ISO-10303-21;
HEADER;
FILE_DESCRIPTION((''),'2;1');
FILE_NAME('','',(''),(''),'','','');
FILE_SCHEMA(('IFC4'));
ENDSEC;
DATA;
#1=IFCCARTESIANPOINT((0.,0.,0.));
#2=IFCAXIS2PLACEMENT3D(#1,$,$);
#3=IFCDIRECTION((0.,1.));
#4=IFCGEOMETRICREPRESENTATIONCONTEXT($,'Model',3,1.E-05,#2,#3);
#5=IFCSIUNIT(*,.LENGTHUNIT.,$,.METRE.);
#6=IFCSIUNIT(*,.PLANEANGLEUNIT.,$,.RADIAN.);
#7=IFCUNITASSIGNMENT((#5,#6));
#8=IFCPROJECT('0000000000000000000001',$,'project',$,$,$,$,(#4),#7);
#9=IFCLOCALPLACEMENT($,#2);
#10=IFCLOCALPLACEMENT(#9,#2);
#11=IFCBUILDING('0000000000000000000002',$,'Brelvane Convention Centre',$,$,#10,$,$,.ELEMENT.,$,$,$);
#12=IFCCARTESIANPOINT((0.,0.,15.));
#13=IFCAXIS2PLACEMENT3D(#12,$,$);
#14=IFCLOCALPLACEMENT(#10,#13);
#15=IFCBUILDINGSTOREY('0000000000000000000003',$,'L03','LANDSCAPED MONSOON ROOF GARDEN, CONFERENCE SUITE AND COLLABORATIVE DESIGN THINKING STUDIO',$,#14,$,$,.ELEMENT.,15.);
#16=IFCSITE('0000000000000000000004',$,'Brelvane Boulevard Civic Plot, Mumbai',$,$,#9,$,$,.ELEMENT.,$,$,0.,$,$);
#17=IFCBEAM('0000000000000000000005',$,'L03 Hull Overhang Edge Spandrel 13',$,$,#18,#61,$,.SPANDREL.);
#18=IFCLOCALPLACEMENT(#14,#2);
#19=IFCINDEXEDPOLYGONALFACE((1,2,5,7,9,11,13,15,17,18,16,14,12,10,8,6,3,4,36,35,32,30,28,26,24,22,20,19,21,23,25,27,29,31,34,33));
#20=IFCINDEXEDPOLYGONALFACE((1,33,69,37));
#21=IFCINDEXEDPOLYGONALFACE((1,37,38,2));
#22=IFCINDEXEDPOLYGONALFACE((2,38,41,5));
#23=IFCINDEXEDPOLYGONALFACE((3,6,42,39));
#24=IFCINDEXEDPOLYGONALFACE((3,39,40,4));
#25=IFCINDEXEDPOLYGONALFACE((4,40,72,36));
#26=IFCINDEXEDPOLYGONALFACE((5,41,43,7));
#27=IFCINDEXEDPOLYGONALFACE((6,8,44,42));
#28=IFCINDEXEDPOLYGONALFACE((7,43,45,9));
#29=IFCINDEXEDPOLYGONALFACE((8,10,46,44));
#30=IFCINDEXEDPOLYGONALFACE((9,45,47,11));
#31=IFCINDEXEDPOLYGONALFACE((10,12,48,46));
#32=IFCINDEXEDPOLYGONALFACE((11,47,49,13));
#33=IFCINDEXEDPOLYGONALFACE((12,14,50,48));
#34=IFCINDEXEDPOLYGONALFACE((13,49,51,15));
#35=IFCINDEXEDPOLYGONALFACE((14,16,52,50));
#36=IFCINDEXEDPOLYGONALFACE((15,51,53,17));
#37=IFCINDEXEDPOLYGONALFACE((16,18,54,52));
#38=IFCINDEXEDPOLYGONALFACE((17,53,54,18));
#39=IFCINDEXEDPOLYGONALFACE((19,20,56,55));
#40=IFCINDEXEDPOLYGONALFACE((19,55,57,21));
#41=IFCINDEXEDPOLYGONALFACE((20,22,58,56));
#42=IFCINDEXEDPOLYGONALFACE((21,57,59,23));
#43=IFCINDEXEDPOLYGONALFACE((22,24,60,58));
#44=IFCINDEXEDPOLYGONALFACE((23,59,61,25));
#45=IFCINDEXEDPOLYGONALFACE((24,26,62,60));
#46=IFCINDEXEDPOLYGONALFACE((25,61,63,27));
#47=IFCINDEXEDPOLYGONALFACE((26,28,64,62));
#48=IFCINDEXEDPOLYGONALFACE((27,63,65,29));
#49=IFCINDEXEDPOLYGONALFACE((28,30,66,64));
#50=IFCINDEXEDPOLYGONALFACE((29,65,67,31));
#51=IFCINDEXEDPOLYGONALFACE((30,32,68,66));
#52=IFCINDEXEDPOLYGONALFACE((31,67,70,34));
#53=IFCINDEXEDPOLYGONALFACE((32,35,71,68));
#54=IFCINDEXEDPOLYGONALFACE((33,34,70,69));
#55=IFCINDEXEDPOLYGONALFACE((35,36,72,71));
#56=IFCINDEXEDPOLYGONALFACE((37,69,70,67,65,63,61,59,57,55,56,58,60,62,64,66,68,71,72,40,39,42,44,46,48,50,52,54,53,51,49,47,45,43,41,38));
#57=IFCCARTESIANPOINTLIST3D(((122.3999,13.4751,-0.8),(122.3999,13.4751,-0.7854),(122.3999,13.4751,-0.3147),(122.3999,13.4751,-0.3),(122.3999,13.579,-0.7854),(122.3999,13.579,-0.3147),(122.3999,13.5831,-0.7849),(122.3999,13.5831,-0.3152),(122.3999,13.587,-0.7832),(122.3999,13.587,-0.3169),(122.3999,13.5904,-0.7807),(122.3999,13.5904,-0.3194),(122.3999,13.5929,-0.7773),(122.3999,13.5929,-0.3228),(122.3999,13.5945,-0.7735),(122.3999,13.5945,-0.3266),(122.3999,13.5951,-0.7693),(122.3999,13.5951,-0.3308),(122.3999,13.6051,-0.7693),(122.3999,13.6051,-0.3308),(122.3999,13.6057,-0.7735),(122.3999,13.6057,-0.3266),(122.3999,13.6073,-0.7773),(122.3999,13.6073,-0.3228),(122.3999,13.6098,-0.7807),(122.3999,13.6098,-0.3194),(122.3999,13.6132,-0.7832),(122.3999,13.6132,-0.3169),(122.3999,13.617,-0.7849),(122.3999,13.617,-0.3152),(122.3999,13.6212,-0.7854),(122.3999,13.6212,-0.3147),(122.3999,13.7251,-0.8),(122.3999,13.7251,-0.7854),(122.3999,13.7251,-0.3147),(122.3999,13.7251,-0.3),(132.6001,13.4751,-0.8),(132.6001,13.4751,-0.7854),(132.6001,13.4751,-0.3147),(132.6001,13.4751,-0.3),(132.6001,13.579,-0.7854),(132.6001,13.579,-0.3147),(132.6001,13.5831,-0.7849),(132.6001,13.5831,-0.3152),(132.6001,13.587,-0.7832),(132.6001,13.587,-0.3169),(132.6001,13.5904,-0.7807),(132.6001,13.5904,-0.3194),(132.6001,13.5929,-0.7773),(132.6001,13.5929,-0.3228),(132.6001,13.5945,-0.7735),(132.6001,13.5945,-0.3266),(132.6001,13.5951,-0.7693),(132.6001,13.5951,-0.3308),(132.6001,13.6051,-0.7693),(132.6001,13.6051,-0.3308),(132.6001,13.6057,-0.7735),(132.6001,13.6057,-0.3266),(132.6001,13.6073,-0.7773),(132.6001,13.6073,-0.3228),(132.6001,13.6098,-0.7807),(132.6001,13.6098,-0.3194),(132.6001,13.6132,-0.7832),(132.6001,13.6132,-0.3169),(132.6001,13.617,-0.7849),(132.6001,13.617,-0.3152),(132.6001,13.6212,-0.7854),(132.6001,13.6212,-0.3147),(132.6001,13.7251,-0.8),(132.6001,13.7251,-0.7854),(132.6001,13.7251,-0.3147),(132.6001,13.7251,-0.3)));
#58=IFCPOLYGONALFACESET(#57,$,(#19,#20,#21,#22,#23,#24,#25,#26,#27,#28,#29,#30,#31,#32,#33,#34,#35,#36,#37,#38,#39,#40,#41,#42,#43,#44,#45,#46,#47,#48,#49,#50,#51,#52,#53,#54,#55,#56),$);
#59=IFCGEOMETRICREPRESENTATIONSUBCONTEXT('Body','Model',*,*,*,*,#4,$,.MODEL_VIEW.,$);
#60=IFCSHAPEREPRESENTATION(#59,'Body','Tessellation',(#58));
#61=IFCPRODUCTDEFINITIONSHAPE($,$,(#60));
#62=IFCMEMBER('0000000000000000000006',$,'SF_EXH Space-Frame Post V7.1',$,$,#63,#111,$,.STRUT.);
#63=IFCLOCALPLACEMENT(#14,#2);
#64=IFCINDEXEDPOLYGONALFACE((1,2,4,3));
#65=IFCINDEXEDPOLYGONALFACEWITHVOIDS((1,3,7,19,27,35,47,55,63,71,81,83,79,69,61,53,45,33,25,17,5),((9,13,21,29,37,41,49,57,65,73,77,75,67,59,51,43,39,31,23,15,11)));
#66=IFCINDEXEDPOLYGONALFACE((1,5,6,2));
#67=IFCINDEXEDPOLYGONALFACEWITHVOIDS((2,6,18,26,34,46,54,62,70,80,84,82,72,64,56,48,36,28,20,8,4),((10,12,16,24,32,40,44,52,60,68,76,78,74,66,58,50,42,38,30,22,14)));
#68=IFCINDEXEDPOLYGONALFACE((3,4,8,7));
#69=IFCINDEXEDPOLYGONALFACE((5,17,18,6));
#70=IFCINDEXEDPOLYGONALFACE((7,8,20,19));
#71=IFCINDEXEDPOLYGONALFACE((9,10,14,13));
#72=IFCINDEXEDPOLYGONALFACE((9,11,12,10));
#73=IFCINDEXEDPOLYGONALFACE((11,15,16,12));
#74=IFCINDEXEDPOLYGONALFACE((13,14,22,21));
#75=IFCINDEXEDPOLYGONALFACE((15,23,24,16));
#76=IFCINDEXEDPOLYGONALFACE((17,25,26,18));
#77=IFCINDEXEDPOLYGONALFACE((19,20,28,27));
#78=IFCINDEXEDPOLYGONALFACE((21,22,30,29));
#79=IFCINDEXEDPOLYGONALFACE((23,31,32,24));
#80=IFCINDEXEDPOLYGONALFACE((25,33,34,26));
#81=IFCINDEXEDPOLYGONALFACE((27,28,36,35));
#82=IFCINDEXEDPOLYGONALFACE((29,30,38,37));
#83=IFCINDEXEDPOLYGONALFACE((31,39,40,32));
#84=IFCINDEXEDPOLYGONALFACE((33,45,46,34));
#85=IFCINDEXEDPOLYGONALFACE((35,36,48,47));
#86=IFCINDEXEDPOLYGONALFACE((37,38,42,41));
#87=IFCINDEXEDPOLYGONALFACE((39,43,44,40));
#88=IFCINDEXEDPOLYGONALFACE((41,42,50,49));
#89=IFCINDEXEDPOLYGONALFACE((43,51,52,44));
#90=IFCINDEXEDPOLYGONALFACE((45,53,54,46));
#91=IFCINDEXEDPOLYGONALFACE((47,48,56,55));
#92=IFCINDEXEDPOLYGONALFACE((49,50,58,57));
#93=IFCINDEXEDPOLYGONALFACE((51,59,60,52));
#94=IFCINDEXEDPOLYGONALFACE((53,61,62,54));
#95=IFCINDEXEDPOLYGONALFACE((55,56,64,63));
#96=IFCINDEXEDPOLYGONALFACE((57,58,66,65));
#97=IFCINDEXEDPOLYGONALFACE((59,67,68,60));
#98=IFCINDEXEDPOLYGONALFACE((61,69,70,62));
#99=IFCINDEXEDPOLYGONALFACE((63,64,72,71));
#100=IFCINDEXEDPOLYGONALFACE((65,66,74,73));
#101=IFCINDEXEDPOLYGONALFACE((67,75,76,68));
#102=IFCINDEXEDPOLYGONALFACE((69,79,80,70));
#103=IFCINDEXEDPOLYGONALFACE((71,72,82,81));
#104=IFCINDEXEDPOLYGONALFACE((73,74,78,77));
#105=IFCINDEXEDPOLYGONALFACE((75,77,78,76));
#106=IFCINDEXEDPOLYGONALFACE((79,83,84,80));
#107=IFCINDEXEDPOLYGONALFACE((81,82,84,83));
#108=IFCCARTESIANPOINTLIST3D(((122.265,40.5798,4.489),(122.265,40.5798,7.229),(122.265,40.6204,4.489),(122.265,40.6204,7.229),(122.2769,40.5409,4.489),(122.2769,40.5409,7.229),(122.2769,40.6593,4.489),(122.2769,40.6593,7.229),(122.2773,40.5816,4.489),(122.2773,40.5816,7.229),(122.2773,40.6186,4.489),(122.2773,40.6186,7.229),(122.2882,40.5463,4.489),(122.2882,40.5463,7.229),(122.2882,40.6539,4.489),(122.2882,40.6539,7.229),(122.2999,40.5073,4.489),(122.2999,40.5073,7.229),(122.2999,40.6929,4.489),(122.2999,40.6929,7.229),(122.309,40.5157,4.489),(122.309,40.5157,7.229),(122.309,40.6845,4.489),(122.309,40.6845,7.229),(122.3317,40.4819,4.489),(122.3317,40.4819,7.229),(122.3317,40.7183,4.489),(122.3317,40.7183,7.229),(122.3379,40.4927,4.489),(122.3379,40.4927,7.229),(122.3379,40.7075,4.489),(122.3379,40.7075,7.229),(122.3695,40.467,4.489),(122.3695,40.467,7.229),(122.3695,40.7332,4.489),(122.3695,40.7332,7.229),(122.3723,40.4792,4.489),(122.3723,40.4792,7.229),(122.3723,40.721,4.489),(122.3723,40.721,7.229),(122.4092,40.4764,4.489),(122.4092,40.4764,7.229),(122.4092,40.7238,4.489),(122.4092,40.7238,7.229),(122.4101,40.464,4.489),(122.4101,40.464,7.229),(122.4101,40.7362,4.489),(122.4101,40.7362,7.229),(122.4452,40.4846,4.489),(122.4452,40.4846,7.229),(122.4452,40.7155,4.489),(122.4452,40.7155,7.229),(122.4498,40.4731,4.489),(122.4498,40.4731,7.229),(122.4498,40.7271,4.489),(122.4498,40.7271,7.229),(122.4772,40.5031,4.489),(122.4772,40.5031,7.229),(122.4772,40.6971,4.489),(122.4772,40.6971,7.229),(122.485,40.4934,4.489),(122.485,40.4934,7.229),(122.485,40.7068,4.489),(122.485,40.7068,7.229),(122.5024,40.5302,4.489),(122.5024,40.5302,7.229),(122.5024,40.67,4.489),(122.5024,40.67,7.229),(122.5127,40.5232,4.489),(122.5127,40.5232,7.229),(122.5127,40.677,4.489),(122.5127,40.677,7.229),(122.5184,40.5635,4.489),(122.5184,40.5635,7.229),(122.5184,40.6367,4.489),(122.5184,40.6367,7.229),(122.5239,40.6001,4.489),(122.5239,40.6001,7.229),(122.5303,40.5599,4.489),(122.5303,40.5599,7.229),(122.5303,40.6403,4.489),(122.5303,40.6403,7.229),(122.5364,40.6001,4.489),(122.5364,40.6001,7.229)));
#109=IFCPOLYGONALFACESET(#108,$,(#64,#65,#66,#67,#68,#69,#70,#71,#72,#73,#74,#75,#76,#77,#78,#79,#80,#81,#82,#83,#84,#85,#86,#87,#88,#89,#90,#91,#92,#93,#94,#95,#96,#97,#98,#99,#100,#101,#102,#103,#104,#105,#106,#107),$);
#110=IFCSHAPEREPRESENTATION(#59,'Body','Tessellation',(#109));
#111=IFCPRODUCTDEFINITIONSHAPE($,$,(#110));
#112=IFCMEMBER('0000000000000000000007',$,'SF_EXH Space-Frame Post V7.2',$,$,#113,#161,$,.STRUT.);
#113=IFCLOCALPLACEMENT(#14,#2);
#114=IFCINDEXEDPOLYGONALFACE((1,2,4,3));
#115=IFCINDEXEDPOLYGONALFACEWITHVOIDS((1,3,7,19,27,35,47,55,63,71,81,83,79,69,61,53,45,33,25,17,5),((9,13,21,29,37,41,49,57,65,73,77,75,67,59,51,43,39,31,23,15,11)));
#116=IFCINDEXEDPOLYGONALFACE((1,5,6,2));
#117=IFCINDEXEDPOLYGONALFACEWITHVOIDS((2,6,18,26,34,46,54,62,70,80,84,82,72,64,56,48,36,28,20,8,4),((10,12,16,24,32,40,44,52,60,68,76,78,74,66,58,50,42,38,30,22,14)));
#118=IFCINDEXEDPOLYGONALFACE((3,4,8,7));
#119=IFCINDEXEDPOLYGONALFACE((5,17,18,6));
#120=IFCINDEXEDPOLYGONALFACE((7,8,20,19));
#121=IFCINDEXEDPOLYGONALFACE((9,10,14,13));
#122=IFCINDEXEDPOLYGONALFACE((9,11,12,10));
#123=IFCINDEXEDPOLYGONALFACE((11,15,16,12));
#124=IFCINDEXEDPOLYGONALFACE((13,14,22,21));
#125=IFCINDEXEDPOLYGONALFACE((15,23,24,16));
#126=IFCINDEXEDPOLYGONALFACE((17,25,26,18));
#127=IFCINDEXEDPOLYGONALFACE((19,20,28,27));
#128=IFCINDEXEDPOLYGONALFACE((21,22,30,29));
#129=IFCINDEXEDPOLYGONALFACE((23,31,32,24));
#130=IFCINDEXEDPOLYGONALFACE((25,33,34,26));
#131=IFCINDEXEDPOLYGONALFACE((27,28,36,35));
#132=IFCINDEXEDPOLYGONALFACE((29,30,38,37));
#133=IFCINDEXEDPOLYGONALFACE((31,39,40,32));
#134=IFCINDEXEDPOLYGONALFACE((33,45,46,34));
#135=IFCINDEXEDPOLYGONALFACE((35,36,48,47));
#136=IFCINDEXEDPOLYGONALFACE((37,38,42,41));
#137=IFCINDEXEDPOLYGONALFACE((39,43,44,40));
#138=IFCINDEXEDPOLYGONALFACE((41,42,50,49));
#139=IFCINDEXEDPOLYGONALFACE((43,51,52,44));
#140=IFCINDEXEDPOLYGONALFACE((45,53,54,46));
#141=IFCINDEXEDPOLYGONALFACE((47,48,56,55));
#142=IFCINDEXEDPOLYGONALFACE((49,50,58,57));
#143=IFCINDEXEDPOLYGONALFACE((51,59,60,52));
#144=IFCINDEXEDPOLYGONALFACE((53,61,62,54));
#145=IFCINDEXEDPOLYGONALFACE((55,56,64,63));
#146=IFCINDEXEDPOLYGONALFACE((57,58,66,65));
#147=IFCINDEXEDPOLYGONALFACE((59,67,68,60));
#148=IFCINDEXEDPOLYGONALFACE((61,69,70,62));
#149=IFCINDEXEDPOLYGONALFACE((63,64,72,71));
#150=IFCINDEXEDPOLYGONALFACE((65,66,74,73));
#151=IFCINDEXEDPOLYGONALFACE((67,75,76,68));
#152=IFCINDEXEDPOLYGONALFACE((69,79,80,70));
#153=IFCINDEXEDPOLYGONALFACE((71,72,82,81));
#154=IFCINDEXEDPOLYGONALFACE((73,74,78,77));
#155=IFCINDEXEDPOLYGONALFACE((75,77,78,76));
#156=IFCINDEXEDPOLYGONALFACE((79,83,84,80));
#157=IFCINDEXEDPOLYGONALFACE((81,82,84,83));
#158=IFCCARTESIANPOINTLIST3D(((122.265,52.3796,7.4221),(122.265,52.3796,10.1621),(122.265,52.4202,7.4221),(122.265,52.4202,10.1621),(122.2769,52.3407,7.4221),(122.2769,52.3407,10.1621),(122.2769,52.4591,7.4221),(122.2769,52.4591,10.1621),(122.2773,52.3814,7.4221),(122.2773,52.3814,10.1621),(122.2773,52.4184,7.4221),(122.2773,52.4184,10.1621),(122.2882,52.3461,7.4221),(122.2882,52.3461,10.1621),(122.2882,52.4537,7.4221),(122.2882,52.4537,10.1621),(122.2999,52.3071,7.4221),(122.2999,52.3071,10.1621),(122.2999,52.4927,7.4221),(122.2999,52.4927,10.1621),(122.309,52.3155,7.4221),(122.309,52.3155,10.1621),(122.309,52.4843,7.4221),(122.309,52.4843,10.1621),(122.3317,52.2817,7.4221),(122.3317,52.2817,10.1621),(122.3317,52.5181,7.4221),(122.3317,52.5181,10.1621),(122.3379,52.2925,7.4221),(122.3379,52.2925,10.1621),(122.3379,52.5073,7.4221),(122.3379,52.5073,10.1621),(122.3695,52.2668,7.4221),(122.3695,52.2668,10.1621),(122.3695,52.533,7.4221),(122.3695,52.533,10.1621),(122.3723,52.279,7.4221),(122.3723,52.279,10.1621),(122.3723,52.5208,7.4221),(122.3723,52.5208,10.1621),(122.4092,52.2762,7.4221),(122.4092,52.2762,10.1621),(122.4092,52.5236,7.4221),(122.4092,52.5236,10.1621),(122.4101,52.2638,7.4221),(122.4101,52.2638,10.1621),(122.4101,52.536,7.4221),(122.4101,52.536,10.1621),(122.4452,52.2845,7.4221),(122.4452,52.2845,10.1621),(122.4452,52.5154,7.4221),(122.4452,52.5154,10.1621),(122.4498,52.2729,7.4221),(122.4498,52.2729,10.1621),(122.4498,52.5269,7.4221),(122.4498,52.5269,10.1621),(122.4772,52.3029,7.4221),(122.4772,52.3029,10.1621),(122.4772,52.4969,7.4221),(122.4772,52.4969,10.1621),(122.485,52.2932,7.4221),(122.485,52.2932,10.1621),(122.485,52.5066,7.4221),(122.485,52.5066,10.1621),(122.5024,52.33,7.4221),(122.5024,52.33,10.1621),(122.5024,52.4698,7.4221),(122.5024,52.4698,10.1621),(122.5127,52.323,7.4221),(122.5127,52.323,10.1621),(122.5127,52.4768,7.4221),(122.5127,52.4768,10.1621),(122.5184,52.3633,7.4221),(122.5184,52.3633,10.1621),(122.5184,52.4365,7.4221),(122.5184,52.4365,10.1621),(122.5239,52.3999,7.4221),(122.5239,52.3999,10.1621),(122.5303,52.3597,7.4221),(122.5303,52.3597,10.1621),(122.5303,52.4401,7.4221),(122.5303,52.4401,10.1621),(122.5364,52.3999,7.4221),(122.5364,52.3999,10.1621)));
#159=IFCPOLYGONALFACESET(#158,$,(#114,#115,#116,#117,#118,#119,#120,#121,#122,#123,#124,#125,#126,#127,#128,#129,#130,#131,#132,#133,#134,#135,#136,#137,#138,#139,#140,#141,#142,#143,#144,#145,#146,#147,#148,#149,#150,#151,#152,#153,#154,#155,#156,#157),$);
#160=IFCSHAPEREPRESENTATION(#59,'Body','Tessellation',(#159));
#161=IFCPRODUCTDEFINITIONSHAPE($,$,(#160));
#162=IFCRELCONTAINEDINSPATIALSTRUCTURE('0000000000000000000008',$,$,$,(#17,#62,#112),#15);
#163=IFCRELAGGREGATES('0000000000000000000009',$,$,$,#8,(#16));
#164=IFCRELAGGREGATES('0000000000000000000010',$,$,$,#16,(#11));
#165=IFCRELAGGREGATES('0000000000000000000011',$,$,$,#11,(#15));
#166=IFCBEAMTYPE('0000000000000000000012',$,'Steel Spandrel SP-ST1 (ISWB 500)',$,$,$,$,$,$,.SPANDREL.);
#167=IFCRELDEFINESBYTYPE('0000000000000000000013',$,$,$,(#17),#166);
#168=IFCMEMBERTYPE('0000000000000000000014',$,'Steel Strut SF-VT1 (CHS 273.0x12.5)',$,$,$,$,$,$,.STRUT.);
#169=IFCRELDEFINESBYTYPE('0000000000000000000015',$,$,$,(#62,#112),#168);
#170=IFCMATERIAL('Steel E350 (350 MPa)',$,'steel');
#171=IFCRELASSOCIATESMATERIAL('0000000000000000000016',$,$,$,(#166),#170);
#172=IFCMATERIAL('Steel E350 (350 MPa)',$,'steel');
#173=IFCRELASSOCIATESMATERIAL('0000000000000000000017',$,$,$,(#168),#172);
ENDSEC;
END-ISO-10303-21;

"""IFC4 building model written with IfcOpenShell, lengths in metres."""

from ifc_helpers import new_model, si_unit, direction, frame, origin, origin_2d, place, context, subcontext, project, spatial, hollow_circle, i_section, extrude, material, material_profile, profile_set, type_object, element, save


model = new_model("IFC4")

# Units and contexts
model_context = context("Model", 3, precision=1e-05, world=origin(), true_north=direction((0.0, 1.0)))
body_context = subcontext(model_context, "Body", "Model", "MODEL_VIEW")
ifc_project = project(units=[si_unit("LENGTHUNIT", "METRE"), si_unit("PLANEANGLEUNIT", "RADIAN")], contexts=[model_context])

# Site, building, storey
site_placement = place(None, origin())
site = spatial("IfcSite", under=ifc_project, at=site_placement, Name="Brelvane Boulevard Civic Plot, Mumbai", CompositionType="ELEMENT", RefElevation=0.0)
building_placement = place(site_placement, origin())
building = spatial("IfcBuilding", under=site, at=building_placement, Name="Brelvane Convention Centre", CompositionType="ELEMENT")
storey_placement = place(building_placement, frame((0.0, 0.0, 15.0)))
storey = spatial("IfcBuildingStorey", under=building, at=storey_placement, Name="L03", Description="LANDSCAPED MONSOON ROOF GARDEN, CONFERENCE SUITE AND COLLABORATIVE DESIGN THINKING STUDIO", CompositionType="ELEMENT", Elevation=15.0)

# Beam
ifc_material_1 = material(Name="Steel E350 (350 MPa)", Category="steel")
ifc_material_profile_1 = material_profile(ifc_material_1, i_section(OverallWidth=0.25, OverallDepth=0.5, WebThickness=0.01, FlangeThickness=0.0146, FilletRadius=0.0161, at=origin_2d()), Name="ISWB 500")
ifc_profile_set_1 = profile_set([ifc_material_profile_1], Name="Steel E350 (350 MPa)")
beam_type_1 = type_object("IfcBeamType", Name="Steel Spandrel SP-ST1 (ISWB 500)", PredefinedType="SPANDREL", material=ifc_profile_set_1)
beam_1_placement = place(storey_placement, frame((122.3999, 13.6001, -0.55), z_axis=(1.0, 0.0, 0.0), x_axis=(0.0, 1.0, 0.0)))
element("IfcBeam", 1, at=beam_1_placement, inside=storey, type_object=beam_type_1, Name="L03 Hull Overhang Edge Spandrel 13", PredefinedType="SPANDREL", context=body_context, shape_type="SweptSolid", body=[
    extrude(i_section(OverallWidth=0.25, OverallDepth=0.5, WebThickness=0.01, FlangeThickness=0.0146, FilletRadius=0.0161, at=origin_2d()), origin(), (0.0, 0.0, 1.0), 10.2002),
])

# Members
ifc_material_2 = material(Name="Steel E350 (350 MPa)", Category="steel")
ifc_material_profile_2 = material_profile(ifc_material_2, hollow_circle(Radius=0.1365, WallThickness=0.0125, at=origin_2d()), Name="CHS 273.0x12.5")
ifc_profile_set_2 = profile_set([ifc_material_profile_2], Name="Steel E350 (350 MPa)")
member_type_1 = type_object("IfcMemberType", Name="Steel Strut SF-VT1 (CHS 273.0x12.5)", PredefinedType="STRUT", material=ifc_profile_set_2)
for number, where, z_axis, x_axis, name in (
    (2, (122.3999, 40.6001, 4.489), (0.0, 0.0, 1.0), (1.0, 0.0, 0.0), "SF_EXH Space-Frame Post V7.1"),
    (3, (122.3999, 52.3999, 7.4221), (0.0, 0.0, 1.0), (1.0, 0.0, 0.0), "SF_EXH Space-Frame Post V7.2"),
):
    element("IfcMember", number, at=place(storey_placement, frame(where, z_axis=z_axis, x_axis=x_axis)), inside=storey, type_object=member_type_1, Name=name, PredefinedType="STRUT", context=body_context, shape_type="SweptSolid", body=[
        extrude(hollow_circle(Radius=0.1365, WallThickness=0.0125, at=origin_2d()), origin(), (0.0, 0.0, 1.0), 2.74),
    ])

save(model, "model.ifc")
